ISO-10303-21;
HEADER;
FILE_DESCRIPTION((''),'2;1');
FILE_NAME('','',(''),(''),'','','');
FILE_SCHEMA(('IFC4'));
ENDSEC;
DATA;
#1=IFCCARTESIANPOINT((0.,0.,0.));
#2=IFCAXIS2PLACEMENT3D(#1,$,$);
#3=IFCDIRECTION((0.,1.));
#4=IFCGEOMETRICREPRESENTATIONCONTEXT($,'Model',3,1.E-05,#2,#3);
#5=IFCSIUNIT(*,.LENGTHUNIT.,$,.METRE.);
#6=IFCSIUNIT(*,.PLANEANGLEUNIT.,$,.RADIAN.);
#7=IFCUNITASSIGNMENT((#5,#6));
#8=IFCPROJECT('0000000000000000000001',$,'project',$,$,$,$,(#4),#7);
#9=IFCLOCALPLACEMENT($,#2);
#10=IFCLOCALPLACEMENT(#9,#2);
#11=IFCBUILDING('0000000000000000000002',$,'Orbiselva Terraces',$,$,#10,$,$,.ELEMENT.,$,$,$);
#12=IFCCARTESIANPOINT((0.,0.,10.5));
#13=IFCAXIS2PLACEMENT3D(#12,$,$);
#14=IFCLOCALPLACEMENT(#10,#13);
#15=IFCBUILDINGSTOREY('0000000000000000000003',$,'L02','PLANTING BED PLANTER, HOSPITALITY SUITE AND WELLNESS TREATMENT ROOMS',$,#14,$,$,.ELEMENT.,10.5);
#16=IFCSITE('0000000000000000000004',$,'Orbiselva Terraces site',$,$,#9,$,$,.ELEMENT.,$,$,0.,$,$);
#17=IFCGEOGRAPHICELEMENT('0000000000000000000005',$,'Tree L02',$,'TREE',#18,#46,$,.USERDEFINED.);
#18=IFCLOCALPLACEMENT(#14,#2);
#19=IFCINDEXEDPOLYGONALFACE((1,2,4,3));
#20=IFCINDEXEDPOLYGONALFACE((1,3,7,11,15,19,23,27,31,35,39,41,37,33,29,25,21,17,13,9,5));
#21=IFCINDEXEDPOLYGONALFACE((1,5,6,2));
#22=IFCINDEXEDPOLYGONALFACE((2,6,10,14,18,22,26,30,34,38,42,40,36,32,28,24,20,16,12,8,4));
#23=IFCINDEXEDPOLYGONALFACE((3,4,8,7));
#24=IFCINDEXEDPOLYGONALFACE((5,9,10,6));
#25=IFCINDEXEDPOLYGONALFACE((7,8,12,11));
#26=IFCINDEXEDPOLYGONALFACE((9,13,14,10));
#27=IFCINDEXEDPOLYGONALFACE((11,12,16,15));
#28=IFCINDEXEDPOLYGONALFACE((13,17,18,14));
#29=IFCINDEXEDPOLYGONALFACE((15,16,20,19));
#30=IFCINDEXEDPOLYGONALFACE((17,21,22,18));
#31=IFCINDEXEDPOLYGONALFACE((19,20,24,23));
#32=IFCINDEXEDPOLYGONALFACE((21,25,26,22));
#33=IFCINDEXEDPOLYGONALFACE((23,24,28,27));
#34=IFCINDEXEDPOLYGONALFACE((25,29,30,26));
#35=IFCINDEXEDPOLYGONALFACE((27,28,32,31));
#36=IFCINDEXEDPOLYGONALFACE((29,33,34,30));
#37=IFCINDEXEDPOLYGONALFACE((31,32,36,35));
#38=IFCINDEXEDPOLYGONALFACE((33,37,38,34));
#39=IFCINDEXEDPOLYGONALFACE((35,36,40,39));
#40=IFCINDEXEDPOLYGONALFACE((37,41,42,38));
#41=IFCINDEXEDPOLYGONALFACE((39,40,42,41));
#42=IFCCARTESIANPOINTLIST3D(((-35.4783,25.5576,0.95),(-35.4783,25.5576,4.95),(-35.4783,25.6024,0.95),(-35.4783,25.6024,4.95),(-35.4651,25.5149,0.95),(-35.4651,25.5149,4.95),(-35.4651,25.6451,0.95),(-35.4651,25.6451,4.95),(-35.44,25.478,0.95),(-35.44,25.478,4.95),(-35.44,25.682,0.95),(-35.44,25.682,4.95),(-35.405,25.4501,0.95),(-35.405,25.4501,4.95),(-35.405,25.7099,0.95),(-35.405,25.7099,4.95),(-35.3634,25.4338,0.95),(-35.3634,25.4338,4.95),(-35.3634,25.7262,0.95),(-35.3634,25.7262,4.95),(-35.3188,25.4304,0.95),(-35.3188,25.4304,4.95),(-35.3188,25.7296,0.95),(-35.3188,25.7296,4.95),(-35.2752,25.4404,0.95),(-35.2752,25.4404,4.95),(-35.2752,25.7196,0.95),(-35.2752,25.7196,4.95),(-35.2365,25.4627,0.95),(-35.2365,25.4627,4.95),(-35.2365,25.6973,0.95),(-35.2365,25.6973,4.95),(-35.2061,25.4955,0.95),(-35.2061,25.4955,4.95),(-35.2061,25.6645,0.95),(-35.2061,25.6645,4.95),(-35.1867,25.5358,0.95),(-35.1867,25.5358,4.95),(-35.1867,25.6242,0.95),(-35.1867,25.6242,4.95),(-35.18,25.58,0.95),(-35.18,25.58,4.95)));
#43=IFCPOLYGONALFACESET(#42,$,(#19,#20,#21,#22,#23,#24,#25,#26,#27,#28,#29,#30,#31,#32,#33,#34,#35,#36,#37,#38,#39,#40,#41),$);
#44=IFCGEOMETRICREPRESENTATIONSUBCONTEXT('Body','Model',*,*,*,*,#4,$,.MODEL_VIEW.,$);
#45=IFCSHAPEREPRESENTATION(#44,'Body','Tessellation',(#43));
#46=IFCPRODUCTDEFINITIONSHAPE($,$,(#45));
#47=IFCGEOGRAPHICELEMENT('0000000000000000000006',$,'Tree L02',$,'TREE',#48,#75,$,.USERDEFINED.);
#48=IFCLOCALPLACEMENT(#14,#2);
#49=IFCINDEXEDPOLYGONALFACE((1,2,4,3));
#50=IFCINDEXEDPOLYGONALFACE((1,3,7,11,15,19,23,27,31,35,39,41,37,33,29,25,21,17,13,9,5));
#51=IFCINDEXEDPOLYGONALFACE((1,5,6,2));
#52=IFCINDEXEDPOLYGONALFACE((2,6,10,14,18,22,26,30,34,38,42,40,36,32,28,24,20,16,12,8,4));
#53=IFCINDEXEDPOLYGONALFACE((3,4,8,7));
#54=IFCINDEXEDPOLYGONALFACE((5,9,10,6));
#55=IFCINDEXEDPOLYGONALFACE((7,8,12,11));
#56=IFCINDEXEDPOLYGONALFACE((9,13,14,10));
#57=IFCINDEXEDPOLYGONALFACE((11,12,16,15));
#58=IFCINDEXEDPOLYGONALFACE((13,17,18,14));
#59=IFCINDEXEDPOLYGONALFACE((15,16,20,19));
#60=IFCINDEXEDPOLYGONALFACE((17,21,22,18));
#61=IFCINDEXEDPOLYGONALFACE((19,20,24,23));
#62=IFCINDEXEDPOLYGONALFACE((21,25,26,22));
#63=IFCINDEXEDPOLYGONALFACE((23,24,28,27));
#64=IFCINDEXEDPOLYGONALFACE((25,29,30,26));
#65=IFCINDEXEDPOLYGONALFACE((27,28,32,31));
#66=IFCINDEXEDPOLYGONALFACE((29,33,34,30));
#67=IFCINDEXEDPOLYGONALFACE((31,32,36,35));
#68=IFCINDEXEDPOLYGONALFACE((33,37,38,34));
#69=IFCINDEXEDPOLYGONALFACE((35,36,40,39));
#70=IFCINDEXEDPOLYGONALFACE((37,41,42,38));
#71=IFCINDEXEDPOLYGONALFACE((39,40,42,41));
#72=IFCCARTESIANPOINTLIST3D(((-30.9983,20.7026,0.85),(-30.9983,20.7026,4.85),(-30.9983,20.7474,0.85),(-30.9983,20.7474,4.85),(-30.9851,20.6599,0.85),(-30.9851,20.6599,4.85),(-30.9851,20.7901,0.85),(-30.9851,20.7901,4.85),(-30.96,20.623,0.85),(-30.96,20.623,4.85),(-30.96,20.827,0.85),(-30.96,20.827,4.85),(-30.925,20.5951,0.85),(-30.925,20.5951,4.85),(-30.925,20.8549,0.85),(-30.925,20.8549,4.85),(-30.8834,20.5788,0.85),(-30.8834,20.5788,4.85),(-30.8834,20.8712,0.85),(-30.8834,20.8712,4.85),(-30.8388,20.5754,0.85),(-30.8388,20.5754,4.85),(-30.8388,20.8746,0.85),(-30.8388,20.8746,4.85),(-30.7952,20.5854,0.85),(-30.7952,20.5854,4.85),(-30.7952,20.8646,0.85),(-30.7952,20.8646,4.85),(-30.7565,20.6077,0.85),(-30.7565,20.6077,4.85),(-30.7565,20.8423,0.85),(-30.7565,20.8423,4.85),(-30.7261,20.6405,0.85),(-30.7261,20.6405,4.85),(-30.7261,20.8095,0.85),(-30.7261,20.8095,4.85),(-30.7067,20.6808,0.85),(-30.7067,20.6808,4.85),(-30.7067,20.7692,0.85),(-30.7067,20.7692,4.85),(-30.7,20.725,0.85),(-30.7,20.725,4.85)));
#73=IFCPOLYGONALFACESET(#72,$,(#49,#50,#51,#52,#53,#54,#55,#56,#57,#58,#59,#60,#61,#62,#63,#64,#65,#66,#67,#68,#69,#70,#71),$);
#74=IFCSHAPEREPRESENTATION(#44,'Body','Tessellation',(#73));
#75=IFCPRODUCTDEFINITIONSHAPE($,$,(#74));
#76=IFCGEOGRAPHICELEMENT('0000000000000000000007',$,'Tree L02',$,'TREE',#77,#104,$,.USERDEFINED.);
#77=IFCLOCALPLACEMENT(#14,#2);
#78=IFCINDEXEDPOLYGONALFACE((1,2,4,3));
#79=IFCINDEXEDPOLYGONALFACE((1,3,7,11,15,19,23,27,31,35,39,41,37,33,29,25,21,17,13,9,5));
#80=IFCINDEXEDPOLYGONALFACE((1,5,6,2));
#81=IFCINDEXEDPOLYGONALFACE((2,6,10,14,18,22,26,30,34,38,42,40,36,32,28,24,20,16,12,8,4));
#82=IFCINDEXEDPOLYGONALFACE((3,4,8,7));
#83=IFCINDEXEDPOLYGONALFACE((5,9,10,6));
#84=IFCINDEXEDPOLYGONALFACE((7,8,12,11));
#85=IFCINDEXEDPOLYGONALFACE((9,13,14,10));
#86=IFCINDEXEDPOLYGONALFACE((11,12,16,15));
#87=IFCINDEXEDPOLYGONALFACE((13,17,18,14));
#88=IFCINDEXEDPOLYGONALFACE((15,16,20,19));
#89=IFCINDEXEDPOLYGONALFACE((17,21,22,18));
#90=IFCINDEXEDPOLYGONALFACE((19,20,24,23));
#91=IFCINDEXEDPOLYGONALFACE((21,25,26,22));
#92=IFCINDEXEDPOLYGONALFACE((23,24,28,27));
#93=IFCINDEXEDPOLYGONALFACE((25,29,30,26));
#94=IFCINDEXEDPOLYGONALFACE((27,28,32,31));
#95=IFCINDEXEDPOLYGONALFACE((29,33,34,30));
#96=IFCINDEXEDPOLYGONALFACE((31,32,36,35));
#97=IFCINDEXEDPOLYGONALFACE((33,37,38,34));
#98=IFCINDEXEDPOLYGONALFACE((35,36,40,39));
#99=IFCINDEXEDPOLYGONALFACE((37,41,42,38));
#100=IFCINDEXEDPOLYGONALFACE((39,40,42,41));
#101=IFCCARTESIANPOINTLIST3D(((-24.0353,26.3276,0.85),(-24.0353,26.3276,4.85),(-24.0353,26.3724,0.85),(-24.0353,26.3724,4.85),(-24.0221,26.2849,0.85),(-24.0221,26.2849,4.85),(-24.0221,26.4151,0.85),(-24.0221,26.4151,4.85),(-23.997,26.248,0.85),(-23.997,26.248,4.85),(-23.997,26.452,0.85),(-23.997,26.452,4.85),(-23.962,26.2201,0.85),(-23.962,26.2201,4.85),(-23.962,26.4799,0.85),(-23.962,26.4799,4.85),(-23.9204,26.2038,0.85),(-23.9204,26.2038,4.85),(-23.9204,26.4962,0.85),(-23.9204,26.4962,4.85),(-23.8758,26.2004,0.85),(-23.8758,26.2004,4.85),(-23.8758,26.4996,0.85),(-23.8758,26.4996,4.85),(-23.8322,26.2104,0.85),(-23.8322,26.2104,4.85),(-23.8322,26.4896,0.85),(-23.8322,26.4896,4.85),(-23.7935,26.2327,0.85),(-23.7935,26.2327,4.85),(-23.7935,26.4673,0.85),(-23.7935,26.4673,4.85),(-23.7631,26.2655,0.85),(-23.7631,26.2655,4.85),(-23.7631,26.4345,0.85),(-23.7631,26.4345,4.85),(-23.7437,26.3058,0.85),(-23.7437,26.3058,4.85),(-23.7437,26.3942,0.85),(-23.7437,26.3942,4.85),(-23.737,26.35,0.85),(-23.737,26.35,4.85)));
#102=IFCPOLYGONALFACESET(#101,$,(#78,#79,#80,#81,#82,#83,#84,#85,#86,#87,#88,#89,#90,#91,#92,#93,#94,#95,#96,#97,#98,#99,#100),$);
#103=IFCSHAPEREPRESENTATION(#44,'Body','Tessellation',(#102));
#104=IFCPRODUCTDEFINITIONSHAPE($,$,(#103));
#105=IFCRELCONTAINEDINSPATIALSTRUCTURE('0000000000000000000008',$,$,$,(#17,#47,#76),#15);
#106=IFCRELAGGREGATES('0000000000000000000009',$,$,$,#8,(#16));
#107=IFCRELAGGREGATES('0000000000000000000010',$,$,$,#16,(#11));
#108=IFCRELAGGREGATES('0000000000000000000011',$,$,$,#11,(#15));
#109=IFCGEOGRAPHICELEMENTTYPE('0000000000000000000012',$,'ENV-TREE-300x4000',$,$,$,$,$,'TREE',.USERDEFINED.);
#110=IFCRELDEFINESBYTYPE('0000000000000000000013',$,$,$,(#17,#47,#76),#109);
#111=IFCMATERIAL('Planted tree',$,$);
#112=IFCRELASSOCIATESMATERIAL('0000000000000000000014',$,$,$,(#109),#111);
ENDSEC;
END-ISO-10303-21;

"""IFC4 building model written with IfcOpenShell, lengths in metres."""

from ifc_helpers import new_model, si_unit, direction, frame, origin, origin_2d, place, context, subcontext, project, spatial, circle, extrude, material, type_object, element, save


model = new_model("IFC4")

# Units and contexts
model_context = context("Model", 3, precision=1e-05, world=origin(), true_north=direction((0.0, 1.0)))
body_context = subcontext(model_context, "Body", "Model", "MODEL_VIEW")
ifc_project = project(units=[si_unit("LENGTHUNIT", "METRE"), si_unit("PLANEANGLEUNIT", "RADIAN")], contexts=[model_context])

# Site, building, storey
site_placement = place(None, origin())
site = spatial("IfcSite", under=ifc_project, at=site_placement, Name="Orbiselva Terraces site", CompositionType="ELEMENT", RefElevation=0.0)
building_placement = place(site_placement, origin())
building = spatial("IfcBuilding", under=site, at=building_placement, Name="Orbiselva Terraces", CompositionType="ELEMENT")
storey_placement = place(building_placement, frame((0.0, 0.0, 10.5)))
storey = spatial("IfcBuildingStorey", under=building, at=storey_placement, Name="L02", Description="PLANTING BED PLANTER, HOSPITALITY SUITE AND WELLNESS TREATMENT ROOMS", CompositionType="ELEMENT", Elevation=10.5)

# Geographic elements
ifc_material_1 = material(Name="Planted tree")
geographic_element_type = type_object("IfcGeographicElementType", Name="ENV-TREE-300x4000", ElementType="TREE", PredefinedType="USERDEFINED", material=ifc_material_1)
for number, where, z_axis, x_axis, name in (
    (1, (-35.33, 25.58, 4.95), (0.0, 0.0, -1.0), (1.0, 0.0, 0.0), "Tree L02"),
    (2, (-30.85, 20.725, 4.85), (0.0, 0.0, -1.0), (1.0, 0.0, 0.0), "Tree L02"),
    (3, (-23.887, 26.35, 4.85), (0.0, 0.0, -1.0), (1.0, 0.0, 0.0), "Tree L02"),
):
    element("IfcGeographicElement", number, at=place(storey_placement, frame(where, z_axis=z_axis, x_axis=x_axis)), inside=storey, type_object=geographic_element_type, Name=name, ObjectType="TREE", PredefinedType="USERDEFINED", context=body_context, shape_type="SweptSolid", body=[
        extrude(circle(Radius=0.15, at=origin_2d()), origin(), (0.0, 0.0, 1.0), 4.0),
    ])

save(model, "model.ifc")
